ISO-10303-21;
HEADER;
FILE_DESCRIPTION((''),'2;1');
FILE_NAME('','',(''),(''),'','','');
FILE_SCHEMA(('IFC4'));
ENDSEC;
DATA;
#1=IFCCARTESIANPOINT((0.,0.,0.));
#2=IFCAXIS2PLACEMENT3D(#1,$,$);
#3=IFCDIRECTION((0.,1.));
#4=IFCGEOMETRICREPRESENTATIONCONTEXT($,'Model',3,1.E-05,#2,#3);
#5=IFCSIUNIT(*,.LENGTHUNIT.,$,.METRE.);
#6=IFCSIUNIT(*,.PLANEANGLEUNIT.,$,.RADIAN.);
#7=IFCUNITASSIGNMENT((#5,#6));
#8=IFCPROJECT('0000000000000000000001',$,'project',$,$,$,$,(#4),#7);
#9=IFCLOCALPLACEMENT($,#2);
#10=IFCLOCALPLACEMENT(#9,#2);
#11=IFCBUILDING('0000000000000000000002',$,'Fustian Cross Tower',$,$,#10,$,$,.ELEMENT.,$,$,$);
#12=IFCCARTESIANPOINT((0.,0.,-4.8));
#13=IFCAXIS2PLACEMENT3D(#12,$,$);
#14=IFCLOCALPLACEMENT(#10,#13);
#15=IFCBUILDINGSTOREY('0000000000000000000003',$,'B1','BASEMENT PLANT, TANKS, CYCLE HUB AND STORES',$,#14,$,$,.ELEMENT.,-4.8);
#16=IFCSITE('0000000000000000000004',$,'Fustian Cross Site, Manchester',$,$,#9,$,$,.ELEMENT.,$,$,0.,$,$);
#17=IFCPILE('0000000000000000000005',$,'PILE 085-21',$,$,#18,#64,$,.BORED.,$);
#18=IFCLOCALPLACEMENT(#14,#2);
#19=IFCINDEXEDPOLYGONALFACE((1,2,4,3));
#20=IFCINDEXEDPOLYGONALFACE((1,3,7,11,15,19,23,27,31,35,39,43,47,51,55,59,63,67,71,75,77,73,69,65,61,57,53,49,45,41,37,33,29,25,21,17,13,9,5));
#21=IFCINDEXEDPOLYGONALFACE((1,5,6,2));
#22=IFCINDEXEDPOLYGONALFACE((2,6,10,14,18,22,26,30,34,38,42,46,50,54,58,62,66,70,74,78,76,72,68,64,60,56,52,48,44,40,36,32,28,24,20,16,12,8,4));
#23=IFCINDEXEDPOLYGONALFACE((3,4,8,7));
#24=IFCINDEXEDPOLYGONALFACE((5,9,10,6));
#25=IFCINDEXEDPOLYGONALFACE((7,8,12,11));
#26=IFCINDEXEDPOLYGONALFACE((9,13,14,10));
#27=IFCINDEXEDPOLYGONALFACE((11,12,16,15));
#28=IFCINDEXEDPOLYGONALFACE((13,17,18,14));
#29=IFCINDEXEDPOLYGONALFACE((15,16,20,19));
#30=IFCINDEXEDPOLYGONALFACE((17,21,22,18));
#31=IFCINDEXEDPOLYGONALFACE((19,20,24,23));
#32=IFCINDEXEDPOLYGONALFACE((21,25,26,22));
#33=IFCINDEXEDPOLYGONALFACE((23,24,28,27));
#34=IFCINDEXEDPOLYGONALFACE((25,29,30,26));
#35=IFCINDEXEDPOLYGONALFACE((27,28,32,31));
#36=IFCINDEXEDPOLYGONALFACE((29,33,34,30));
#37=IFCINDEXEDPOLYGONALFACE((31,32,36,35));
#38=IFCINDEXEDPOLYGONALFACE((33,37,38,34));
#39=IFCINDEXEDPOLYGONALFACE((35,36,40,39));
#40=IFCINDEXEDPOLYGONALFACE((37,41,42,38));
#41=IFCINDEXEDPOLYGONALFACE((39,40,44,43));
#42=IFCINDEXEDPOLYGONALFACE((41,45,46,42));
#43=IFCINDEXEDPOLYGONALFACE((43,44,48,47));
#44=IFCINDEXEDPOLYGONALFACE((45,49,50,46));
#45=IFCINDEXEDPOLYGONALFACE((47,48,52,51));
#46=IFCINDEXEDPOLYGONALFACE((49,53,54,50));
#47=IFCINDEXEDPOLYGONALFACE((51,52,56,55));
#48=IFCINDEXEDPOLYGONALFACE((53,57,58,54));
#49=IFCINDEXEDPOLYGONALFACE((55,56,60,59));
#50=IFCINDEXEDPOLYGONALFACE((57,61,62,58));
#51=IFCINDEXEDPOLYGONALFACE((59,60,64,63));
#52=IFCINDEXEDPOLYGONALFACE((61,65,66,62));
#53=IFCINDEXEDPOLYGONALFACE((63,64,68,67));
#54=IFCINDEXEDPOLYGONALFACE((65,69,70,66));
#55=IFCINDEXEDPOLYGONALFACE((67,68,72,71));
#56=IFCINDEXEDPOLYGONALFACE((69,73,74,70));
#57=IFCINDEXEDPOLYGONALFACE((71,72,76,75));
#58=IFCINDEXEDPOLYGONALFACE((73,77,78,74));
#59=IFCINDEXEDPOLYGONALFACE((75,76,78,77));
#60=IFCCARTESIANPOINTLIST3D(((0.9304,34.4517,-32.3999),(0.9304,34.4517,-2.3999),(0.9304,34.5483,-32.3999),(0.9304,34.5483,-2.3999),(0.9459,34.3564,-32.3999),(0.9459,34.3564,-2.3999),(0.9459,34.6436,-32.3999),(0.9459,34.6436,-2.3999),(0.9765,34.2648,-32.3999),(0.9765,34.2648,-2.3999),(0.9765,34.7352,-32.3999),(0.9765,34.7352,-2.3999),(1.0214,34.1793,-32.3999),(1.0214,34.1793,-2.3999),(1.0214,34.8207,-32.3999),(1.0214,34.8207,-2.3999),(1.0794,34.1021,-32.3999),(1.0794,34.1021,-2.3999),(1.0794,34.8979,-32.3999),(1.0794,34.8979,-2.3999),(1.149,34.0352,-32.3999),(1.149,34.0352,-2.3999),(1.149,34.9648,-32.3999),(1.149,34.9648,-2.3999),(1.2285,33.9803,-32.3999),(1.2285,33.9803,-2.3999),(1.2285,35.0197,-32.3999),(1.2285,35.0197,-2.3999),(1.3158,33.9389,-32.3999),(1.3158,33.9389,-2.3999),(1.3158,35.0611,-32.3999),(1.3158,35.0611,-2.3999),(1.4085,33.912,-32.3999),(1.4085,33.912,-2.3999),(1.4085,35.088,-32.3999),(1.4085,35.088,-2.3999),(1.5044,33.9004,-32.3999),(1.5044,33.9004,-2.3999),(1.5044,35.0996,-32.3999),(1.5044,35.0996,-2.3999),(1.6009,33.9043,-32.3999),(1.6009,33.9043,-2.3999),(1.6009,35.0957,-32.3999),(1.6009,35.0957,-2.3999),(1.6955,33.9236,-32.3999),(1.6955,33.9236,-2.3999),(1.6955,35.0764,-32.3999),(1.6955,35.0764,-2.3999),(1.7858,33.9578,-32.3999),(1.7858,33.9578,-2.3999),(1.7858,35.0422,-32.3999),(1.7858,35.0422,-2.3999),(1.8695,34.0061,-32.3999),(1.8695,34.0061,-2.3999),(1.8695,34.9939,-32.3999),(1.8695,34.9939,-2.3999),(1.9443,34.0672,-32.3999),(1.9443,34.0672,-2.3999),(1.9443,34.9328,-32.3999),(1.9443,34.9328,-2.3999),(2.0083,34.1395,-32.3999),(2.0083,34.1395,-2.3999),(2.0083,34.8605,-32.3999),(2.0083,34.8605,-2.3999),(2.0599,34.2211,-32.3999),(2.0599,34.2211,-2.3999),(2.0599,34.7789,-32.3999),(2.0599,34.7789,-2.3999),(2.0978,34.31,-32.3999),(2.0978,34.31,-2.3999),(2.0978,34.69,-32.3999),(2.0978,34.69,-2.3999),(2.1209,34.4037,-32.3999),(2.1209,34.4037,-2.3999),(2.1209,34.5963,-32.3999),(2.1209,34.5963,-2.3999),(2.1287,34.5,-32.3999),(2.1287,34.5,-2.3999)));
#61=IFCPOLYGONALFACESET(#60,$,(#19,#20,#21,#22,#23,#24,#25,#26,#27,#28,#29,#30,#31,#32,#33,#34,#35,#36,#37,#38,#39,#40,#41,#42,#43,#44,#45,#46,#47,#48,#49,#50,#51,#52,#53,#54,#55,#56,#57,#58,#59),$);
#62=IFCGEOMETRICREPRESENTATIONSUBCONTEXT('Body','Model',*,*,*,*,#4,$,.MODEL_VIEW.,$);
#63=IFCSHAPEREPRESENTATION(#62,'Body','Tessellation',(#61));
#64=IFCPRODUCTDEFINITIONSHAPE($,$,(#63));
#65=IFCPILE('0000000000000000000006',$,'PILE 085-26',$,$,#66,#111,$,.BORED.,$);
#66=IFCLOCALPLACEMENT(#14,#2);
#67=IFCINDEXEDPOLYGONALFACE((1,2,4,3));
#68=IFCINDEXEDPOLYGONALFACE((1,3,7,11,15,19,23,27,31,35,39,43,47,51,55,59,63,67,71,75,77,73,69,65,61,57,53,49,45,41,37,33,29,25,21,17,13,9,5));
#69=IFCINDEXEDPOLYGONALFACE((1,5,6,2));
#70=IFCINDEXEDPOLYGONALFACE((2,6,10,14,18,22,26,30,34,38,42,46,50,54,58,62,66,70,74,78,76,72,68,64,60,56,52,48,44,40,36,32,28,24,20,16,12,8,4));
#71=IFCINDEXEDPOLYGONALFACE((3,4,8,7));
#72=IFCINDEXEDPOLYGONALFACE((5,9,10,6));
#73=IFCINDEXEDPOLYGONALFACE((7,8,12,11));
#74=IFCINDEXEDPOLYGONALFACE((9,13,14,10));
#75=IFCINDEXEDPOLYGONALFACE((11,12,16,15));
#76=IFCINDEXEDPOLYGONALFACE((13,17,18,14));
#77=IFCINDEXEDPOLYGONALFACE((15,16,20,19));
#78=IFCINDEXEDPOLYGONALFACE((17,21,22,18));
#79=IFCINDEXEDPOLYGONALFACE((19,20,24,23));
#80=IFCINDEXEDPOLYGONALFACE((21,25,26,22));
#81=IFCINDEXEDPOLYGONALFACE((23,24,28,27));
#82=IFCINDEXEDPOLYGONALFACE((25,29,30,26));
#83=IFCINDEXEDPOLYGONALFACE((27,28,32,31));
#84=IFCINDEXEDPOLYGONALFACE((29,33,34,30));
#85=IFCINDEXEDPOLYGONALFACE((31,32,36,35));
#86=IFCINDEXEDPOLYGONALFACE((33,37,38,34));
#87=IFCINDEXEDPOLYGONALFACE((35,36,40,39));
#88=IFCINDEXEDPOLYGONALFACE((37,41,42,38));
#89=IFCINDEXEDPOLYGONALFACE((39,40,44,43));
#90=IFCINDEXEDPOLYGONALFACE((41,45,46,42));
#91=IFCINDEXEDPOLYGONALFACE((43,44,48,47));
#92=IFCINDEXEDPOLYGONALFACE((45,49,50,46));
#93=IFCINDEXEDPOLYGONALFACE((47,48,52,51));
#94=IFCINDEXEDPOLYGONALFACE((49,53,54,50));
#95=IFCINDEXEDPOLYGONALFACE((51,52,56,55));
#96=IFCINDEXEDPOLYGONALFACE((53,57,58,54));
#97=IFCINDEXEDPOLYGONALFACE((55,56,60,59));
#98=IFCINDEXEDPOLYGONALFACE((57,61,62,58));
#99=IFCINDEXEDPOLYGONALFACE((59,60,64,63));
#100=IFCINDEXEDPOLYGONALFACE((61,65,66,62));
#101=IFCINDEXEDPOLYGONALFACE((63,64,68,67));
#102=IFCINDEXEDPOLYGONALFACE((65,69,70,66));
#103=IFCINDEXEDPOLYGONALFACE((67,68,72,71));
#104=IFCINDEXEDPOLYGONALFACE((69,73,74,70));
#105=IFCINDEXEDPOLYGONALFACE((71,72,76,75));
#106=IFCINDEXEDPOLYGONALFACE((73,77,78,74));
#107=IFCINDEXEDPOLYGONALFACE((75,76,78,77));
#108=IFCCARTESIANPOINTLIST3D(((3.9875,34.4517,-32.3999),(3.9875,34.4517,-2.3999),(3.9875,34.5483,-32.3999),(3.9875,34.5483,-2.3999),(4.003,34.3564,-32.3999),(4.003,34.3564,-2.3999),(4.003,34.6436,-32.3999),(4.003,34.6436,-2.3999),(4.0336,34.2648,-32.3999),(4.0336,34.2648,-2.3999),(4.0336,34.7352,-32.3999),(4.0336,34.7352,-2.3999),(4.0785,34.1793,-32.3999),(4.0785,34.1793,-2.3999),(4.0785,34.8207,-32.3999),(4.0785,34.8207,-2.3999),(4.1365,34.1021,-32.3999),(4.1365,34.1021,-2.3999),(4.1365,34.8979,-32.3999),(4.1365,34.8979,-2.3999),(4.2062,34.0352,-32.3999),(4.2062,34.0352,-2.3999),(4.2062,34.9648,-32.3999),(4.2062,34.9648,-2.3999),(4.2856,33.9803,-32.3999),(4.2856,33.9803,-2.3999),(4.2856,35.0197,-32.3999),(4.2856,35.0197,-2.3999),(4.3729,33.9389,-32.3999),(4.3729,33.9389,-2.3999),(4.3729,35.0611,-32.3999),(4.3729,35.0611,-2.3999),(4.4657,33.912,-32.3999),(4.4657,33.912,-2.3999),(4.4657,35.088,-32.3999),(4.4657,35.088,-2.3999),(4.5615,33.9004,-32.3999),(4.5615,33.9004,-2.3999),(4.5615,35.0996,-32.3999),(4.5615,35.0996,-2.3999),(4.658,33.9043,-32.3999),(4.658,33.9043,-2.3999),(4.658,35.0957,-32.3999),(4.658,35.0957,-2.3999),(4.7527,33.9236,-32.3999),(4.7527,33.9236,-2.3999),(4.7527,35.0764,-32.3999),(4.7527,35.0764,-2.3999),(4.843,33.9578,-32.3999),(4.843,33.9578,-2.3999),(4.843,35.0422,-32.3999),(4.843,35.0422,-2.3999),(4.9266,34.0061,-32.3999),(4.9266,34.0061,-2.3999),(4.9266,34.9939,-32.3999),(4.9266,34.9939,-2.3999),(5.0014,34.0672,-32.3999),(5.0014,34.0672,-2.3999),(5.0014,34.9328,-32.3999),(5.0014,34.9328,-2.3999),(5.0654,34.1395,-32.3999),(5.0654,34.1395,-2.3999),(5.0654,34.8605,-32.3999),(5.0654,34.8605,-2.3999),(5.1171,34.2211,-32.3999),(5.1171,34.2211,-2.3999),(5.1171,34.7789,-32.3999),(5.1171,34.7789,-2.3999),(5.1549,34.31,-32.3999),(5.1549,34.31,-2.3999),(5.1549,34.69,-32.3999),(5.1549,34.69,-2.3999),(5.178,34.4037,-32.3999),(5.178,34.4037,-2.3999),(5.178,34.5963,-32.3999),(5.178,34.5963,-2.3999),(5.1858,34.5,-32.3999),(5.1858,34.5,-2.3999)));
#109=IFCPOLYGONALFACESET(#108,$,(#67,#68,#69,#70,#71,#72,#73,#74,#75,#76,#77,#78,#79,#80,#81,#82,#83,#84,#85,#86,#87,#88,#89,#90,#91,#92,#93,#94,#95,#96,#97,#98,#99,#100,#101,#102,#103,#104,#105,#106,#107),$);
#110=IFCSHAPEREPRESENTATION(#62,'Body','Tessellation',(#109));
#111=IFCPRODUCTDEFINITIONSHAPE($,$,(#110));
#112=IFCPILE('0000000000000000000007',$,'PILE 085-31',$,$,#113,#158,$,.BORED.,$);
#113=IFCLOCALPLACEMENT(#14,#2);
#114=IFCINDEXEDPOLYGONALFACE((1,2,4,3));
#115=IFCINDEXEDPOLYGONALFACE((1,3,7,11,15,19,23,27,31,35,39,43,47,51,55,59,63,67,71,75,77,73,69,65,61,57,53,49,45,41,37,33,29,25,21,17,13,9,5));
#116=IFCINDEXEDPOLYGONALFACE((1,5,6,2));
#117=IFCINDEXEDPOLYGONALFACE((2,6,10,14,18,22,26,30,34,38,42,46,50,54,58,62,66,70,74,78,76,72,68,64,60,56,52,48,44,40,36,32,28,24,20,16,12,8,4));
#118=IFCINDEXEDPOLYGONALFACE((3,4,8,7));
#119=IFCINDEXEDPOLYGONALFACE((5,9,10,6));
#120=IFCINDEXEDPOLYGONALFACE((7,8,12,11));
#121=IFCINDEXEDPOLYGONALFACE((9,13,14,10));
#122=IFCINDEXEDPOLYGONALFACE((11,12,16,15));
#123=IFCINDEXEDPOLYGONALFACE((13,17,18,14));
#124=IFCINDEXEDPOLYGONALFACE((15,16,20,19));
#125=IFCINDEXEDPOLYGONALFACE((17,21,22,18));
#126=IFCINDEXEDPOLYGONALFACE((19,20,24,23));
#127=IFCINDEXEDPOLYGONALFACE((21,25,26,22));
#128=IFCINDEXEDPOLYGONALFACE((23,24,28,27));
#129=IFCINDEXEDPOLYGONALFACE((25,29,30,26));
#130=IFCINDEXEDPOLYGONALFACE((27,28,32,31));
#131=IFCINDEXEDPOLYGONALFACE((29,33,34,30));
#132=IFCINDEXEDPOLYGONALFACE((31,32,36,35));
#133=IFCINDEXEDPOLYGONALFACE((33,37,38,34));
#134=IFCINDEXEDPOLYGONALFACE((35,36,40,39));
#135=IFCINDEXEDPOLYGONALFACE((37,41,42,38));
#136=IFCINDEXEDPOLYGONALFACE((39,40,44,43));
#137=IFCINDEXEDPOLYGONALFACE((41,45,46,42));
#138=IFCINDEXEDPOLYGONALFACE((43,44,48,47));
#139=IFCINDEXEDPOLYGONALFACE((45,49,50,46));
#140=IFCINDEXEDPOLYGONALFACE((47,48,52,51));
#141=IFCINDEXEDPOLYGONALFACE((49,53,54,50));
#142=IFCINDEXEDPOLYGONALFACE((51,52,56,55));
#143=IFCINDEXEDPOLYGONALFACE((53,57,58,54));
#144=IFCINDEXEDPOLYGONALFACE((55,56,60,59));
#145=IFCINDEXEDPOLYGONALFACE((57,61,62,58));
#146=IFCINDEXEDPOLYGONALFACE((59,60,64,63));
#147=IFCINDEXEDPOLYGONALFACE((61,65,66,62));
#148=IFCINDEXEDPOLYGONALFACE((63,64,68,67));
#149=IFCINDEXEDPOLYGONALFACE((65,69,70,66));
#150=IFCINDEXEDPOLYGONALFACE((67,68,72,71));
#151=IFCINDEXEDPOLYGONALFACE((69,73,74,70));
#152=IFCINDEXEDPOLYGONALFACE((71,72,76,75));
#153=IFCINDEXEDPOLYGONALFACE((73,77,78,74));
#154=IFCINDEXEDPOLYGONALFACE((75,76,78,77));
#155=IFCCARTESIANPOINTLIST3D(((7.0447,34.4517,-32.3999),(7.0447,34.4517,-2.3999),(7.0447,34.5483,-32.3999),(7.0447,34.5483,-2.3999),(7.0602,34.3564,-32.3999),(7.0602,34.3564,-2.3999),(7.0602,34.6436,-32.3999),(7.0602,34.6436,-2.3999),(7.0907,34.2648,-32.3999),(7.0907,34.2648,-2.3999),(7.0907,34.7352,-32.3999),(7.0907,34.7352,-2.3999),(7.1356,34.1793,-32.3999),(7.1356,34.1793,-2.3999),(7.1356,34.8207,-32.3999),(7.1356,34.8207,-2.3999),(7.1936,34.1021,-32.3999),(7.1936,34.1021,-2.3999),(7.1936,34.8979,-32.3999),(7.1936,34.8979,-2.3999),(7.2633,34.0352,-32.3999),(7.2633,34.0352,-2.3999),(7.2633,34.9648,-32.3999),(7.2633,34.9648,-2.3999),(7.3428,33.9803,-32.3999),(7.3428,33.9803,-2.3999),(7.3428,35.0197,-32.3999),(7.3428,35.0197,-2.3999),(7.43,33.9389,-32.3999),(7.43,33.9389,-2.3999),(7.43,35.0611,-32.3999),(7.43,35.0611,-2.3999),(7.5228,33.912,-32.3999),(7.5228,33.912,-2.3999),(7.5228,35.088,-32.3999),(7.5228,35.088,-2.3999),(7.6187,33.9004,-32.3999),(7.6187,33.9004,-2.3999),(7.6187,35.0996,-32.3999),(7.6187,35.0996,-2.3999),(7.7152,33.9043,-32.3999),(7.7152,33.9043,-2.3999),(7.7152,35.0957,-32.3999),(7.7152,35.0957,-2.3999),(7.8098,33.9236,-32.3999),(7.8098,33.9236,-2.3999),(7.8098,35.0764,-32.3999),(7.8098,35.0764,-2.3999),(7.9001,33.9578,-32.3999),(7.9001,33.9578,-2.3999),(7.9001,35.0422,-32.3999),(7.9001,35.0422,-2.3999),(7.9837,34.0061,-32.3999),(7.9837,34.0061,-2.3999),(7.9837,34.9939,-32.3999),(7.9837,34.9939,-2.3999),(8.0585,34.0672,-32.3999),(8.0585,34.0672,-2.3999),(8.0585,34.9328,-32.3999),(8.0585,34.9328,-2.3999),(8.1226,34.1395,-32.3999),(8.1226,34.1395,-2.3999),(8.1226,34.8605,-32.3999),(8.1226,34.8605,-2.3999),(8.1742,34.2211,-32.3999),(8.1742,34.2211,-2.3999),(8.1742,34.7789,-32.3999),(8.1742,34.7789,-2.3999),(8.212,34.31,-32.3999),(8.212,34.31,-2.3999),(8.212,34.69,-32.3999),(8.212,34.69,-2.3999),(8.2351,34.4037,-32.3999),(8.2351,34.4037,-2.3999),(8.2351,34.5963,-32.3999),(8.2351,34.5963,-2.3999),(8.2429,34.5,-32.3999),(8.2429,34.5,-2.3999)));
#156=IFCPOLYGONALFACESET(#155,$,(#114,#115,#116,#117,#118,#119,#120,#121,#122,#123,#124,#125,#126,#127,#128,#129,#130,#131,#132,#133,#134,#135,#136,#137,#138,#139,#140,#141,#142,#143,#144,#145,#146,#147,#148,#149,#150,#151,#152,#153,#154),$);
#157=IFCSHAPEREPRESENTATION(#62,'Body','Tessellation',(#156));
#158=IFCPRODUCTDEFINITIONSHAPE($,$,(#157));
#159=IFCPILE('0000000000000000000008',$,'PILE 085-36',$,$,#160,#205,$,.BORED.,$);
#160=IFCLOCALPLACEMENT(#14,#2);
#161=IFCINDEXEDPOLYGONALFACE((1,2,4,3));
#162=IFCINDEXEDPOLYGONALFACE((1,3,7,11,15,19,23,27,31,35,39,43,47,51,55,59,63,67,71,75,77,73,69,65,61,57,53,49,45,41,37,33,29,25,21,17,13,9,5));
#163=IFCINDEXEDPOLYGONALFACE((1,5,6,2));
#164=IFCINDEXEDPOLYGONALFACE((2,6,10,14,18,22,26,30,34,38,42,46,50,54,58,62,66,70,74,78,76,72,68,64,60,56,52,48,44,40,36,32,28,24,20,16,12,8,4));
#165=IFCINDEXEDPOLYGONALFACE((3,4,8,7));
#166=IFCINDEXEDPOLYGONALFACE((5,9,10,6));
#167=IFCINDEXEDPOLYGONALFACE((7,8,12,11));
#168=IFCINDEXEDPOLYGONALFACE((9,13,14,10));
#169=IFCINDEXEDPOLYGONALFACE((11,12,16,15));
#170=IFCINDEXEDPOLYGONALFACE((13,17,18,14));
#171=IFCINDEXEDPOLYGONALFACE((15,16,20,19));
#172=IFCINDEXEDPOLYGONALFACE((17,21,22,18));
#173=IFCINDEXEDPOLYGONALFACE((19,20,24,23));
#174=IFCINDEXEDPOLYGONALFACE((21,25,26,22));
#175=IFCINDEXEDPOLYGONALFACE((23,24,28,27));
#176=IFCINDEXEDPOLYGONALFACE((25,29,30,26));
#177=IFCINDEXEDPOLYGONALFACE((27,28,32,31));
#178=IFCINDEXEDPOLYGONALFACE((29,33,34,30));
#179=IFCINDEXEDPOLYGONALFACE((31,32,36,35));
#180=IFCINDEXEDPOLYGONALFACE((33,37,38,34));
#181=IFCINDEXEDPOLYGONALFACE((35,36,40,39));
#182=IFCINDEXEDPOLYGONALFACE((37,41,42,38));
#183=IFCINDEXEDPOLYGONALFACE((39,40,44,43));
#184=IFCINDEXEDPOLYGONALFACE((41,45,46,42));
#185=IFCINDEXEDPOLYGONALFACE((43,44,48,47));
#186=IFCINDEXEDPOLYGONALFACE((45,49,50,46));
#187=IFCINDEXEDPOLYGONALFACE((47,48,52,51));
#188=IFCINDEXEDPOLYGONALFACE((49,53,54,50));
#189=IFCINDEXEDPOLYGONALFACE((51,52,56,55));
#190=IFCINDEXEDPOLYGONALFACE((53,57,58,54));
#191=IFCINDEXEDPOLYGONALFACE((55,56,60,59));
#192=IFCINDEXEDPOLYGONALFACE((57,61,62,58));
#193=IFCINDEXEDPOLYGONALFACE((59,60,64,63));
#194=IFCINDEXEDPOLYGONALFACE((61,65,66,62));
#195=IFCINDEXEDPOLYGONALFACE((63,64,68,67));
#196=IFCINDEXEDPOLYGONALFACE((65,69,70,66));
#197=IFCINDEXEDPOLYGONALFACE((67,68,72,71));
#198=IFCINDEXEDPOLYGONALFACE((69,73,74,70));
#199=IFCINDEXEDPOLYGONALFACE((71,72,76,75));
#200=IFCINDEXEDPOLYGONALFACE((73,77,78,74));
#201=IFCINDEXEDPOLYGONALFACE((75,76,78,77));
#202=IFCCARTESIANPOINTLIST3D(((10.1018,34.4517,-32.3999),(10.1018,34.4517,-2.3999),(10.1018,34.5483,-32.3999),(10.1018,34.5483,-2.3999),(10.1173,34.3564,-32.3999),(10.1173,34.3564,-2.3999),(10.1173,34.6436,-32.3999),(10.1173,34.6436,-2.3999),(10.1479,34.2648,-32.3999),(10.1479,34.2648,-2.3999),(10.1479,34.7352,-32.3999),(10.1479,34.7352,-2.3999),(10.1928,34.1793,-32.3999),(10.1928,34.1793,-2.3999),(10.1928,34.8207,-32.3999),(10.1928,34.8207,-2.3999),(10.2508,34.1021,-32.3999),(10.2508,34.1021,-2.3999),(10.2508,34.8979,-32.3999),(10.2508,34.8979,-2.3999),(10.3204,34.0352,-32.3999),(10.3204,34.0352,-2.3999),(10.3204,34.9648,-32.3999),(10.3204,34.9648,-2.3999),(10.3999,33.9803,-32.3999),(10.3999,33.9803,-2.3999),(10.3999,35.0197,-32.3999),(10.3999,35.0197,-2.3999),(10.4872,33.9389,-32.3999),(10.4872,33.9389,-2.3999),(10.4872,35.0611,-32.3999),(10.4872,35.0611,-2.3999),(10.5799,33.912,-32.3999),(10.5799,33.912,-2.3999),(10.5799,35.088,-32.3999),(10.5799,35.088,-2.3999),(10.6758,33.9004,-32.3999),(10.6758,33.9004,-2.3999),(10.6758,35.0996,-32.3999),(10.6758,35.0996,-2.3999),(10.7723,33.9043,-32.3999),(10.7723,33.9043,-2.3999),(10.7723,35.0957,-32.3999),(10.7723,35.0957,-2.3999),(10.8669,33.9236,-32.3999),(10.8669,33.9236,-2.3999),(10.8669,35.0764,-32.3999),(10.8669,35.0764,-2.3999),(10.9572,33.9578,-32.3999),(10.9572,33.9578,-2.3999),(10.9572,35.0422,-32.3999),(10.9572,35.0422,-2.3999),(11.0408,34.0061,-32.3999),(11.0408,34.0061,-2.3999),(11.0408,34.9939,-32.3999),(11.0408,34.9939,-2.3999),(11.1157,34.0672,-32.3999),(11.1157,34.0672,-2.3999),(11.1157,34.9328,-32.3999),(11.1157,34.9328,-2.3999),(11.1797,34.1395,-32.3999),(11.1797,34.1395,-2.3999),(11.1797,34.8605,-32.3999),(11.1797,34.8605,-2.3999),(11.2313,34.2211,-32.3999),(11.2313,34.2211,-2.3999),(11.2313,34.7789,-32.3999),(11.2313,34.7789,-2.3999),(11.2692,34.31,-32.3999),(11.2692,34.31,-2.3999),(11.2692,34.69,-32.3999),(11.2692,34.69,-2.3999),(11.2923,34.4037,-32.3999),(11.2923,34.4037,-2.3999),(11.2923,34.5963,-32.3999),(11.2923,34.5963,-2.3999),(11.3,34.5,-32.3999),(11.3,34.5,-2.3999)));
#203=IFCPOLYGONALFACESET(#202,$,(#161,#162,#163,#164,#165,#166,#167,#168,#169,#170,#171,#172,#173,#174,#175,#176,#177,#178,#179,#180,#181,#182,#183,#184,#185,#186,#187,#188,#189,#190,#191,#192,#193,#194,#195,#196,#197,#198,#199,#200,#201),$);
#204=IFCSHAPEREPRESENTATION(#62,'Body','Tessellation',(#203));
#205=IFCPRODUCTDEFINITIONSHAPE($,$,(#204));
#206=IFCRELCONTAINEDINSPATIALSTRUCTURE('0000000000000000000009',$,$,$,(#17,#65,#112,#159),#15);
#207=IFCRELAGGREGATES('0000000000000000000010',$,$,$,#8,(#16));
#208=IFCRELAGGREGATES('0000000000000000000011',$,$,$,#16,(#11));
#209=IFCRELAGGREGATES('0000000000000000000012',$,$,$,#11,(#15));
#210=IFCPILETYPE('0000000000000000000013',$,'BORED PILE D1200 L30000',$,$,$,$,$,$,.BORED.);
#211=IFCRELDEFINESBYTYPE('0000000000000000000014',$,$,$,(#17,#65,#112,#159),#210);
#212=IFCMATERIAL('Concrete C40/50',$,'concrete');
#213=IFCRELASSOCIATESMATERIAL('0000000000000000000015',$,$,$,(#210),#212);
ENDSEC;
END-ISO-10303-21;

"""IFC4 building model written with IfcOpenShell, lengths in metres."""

from ifc_helpers import new_model, si_unit, direction, frame, origin, origin_2d, place, context, subcontext, project, spatial, circle, extrude, material, material_profile, profile_set, type_object, element, save


model = new_model("IFC4")

# Units and contexts
model_context = context("Model", 3, precision=1e-05, world=origin(), true_north=direction((0.0, 1.0)))
body_context = subcontext(model_context, "Body", "Model", "MODEL_VIEW")
ifc_project = project(units=[si_unit("LENGTHUNIT", "METRE"), si_unit("PLANEANGLEUNIT", "RADIAN")], contexts=[model_context])

# Site, building, storey
site_placement = place(None, origin())
site = spatial("IfcSite", under=ifc_project, at=site_placement, Name="Fustian Cross Site, Manchester", CompositionType="ELEMENT", RefElevation=0.0)
building_placement = place(site_placement, origin())
building = spatial("IfcBuilding", under=site, at=building_placement, Name="Fustian Cross Tower", CompositionType="ELEMENT")
storey_placement = place(building_placement, frame((0.0, 0.0, -4.8)))
storey = spatial("IfcBuildingStorey", under=building, at=storey_placement, Name="B1", Description="BASEMENT PLANT, TANKS, CYCLE HUB AND STORES", CompositionType="ELEMENT", Elevation=-4.8)

# Piles
ifc_material_1 = material(Name="Concrete C40/50", Category="concrete")
ifc_material_profile_1 = material_profile(ifc_material_1, circle(Radius=0.6001, at=origin_2d()), Name="BORED PILE D1200 L30000")
ifc_profile_set_1 = profile_set([ifc_material_profile_1], Name="Concrete C40/50")
pile_type = type_object("IfcPileType", Name="BORED PILE D1200 L30000", PredefinedType="BORED", material=ifc_profile_set_1)
for number, where, z_axis, x_axis, name in (
    (1, (1.5286, 34.5, -2.3999), (0.0, 0.0, -1.0), (1.0, 0.0, 0.0), "PILE 085-21"),
    (2, (4.5857, 34.5, -2.3999), (0.0, 0.0, -1.0), (1.0, 0.0, 0.0), "PILE 085-26"),
    (3, (7.6428, 34.5, -2.3999), (0.0, 0.0, -1.0), (1.0, 0.0, 0.0), "PILE 085-31"),
    (4, (10.7, 34.5, -2.3999), (0.0, 0.0, -1.0), (1.0, 0.0, 0.0), "PILE 085-36"),
):
    element("IfcPile", number, at=place(storey_placement, frame(where, z_axis=z_axis, x_axis=x_axis)), inside=storey, type_object=pile_type, Name=name, PredefinedType="BORED", context=body_context, shape_type="SweptSolid", body=[
        extrude(circle(Radius=0.6001, at=origin_2d()), origin(), (0.0, 0.0, 1.0), 30.0),
    ])

save(model, "model.ifc")
